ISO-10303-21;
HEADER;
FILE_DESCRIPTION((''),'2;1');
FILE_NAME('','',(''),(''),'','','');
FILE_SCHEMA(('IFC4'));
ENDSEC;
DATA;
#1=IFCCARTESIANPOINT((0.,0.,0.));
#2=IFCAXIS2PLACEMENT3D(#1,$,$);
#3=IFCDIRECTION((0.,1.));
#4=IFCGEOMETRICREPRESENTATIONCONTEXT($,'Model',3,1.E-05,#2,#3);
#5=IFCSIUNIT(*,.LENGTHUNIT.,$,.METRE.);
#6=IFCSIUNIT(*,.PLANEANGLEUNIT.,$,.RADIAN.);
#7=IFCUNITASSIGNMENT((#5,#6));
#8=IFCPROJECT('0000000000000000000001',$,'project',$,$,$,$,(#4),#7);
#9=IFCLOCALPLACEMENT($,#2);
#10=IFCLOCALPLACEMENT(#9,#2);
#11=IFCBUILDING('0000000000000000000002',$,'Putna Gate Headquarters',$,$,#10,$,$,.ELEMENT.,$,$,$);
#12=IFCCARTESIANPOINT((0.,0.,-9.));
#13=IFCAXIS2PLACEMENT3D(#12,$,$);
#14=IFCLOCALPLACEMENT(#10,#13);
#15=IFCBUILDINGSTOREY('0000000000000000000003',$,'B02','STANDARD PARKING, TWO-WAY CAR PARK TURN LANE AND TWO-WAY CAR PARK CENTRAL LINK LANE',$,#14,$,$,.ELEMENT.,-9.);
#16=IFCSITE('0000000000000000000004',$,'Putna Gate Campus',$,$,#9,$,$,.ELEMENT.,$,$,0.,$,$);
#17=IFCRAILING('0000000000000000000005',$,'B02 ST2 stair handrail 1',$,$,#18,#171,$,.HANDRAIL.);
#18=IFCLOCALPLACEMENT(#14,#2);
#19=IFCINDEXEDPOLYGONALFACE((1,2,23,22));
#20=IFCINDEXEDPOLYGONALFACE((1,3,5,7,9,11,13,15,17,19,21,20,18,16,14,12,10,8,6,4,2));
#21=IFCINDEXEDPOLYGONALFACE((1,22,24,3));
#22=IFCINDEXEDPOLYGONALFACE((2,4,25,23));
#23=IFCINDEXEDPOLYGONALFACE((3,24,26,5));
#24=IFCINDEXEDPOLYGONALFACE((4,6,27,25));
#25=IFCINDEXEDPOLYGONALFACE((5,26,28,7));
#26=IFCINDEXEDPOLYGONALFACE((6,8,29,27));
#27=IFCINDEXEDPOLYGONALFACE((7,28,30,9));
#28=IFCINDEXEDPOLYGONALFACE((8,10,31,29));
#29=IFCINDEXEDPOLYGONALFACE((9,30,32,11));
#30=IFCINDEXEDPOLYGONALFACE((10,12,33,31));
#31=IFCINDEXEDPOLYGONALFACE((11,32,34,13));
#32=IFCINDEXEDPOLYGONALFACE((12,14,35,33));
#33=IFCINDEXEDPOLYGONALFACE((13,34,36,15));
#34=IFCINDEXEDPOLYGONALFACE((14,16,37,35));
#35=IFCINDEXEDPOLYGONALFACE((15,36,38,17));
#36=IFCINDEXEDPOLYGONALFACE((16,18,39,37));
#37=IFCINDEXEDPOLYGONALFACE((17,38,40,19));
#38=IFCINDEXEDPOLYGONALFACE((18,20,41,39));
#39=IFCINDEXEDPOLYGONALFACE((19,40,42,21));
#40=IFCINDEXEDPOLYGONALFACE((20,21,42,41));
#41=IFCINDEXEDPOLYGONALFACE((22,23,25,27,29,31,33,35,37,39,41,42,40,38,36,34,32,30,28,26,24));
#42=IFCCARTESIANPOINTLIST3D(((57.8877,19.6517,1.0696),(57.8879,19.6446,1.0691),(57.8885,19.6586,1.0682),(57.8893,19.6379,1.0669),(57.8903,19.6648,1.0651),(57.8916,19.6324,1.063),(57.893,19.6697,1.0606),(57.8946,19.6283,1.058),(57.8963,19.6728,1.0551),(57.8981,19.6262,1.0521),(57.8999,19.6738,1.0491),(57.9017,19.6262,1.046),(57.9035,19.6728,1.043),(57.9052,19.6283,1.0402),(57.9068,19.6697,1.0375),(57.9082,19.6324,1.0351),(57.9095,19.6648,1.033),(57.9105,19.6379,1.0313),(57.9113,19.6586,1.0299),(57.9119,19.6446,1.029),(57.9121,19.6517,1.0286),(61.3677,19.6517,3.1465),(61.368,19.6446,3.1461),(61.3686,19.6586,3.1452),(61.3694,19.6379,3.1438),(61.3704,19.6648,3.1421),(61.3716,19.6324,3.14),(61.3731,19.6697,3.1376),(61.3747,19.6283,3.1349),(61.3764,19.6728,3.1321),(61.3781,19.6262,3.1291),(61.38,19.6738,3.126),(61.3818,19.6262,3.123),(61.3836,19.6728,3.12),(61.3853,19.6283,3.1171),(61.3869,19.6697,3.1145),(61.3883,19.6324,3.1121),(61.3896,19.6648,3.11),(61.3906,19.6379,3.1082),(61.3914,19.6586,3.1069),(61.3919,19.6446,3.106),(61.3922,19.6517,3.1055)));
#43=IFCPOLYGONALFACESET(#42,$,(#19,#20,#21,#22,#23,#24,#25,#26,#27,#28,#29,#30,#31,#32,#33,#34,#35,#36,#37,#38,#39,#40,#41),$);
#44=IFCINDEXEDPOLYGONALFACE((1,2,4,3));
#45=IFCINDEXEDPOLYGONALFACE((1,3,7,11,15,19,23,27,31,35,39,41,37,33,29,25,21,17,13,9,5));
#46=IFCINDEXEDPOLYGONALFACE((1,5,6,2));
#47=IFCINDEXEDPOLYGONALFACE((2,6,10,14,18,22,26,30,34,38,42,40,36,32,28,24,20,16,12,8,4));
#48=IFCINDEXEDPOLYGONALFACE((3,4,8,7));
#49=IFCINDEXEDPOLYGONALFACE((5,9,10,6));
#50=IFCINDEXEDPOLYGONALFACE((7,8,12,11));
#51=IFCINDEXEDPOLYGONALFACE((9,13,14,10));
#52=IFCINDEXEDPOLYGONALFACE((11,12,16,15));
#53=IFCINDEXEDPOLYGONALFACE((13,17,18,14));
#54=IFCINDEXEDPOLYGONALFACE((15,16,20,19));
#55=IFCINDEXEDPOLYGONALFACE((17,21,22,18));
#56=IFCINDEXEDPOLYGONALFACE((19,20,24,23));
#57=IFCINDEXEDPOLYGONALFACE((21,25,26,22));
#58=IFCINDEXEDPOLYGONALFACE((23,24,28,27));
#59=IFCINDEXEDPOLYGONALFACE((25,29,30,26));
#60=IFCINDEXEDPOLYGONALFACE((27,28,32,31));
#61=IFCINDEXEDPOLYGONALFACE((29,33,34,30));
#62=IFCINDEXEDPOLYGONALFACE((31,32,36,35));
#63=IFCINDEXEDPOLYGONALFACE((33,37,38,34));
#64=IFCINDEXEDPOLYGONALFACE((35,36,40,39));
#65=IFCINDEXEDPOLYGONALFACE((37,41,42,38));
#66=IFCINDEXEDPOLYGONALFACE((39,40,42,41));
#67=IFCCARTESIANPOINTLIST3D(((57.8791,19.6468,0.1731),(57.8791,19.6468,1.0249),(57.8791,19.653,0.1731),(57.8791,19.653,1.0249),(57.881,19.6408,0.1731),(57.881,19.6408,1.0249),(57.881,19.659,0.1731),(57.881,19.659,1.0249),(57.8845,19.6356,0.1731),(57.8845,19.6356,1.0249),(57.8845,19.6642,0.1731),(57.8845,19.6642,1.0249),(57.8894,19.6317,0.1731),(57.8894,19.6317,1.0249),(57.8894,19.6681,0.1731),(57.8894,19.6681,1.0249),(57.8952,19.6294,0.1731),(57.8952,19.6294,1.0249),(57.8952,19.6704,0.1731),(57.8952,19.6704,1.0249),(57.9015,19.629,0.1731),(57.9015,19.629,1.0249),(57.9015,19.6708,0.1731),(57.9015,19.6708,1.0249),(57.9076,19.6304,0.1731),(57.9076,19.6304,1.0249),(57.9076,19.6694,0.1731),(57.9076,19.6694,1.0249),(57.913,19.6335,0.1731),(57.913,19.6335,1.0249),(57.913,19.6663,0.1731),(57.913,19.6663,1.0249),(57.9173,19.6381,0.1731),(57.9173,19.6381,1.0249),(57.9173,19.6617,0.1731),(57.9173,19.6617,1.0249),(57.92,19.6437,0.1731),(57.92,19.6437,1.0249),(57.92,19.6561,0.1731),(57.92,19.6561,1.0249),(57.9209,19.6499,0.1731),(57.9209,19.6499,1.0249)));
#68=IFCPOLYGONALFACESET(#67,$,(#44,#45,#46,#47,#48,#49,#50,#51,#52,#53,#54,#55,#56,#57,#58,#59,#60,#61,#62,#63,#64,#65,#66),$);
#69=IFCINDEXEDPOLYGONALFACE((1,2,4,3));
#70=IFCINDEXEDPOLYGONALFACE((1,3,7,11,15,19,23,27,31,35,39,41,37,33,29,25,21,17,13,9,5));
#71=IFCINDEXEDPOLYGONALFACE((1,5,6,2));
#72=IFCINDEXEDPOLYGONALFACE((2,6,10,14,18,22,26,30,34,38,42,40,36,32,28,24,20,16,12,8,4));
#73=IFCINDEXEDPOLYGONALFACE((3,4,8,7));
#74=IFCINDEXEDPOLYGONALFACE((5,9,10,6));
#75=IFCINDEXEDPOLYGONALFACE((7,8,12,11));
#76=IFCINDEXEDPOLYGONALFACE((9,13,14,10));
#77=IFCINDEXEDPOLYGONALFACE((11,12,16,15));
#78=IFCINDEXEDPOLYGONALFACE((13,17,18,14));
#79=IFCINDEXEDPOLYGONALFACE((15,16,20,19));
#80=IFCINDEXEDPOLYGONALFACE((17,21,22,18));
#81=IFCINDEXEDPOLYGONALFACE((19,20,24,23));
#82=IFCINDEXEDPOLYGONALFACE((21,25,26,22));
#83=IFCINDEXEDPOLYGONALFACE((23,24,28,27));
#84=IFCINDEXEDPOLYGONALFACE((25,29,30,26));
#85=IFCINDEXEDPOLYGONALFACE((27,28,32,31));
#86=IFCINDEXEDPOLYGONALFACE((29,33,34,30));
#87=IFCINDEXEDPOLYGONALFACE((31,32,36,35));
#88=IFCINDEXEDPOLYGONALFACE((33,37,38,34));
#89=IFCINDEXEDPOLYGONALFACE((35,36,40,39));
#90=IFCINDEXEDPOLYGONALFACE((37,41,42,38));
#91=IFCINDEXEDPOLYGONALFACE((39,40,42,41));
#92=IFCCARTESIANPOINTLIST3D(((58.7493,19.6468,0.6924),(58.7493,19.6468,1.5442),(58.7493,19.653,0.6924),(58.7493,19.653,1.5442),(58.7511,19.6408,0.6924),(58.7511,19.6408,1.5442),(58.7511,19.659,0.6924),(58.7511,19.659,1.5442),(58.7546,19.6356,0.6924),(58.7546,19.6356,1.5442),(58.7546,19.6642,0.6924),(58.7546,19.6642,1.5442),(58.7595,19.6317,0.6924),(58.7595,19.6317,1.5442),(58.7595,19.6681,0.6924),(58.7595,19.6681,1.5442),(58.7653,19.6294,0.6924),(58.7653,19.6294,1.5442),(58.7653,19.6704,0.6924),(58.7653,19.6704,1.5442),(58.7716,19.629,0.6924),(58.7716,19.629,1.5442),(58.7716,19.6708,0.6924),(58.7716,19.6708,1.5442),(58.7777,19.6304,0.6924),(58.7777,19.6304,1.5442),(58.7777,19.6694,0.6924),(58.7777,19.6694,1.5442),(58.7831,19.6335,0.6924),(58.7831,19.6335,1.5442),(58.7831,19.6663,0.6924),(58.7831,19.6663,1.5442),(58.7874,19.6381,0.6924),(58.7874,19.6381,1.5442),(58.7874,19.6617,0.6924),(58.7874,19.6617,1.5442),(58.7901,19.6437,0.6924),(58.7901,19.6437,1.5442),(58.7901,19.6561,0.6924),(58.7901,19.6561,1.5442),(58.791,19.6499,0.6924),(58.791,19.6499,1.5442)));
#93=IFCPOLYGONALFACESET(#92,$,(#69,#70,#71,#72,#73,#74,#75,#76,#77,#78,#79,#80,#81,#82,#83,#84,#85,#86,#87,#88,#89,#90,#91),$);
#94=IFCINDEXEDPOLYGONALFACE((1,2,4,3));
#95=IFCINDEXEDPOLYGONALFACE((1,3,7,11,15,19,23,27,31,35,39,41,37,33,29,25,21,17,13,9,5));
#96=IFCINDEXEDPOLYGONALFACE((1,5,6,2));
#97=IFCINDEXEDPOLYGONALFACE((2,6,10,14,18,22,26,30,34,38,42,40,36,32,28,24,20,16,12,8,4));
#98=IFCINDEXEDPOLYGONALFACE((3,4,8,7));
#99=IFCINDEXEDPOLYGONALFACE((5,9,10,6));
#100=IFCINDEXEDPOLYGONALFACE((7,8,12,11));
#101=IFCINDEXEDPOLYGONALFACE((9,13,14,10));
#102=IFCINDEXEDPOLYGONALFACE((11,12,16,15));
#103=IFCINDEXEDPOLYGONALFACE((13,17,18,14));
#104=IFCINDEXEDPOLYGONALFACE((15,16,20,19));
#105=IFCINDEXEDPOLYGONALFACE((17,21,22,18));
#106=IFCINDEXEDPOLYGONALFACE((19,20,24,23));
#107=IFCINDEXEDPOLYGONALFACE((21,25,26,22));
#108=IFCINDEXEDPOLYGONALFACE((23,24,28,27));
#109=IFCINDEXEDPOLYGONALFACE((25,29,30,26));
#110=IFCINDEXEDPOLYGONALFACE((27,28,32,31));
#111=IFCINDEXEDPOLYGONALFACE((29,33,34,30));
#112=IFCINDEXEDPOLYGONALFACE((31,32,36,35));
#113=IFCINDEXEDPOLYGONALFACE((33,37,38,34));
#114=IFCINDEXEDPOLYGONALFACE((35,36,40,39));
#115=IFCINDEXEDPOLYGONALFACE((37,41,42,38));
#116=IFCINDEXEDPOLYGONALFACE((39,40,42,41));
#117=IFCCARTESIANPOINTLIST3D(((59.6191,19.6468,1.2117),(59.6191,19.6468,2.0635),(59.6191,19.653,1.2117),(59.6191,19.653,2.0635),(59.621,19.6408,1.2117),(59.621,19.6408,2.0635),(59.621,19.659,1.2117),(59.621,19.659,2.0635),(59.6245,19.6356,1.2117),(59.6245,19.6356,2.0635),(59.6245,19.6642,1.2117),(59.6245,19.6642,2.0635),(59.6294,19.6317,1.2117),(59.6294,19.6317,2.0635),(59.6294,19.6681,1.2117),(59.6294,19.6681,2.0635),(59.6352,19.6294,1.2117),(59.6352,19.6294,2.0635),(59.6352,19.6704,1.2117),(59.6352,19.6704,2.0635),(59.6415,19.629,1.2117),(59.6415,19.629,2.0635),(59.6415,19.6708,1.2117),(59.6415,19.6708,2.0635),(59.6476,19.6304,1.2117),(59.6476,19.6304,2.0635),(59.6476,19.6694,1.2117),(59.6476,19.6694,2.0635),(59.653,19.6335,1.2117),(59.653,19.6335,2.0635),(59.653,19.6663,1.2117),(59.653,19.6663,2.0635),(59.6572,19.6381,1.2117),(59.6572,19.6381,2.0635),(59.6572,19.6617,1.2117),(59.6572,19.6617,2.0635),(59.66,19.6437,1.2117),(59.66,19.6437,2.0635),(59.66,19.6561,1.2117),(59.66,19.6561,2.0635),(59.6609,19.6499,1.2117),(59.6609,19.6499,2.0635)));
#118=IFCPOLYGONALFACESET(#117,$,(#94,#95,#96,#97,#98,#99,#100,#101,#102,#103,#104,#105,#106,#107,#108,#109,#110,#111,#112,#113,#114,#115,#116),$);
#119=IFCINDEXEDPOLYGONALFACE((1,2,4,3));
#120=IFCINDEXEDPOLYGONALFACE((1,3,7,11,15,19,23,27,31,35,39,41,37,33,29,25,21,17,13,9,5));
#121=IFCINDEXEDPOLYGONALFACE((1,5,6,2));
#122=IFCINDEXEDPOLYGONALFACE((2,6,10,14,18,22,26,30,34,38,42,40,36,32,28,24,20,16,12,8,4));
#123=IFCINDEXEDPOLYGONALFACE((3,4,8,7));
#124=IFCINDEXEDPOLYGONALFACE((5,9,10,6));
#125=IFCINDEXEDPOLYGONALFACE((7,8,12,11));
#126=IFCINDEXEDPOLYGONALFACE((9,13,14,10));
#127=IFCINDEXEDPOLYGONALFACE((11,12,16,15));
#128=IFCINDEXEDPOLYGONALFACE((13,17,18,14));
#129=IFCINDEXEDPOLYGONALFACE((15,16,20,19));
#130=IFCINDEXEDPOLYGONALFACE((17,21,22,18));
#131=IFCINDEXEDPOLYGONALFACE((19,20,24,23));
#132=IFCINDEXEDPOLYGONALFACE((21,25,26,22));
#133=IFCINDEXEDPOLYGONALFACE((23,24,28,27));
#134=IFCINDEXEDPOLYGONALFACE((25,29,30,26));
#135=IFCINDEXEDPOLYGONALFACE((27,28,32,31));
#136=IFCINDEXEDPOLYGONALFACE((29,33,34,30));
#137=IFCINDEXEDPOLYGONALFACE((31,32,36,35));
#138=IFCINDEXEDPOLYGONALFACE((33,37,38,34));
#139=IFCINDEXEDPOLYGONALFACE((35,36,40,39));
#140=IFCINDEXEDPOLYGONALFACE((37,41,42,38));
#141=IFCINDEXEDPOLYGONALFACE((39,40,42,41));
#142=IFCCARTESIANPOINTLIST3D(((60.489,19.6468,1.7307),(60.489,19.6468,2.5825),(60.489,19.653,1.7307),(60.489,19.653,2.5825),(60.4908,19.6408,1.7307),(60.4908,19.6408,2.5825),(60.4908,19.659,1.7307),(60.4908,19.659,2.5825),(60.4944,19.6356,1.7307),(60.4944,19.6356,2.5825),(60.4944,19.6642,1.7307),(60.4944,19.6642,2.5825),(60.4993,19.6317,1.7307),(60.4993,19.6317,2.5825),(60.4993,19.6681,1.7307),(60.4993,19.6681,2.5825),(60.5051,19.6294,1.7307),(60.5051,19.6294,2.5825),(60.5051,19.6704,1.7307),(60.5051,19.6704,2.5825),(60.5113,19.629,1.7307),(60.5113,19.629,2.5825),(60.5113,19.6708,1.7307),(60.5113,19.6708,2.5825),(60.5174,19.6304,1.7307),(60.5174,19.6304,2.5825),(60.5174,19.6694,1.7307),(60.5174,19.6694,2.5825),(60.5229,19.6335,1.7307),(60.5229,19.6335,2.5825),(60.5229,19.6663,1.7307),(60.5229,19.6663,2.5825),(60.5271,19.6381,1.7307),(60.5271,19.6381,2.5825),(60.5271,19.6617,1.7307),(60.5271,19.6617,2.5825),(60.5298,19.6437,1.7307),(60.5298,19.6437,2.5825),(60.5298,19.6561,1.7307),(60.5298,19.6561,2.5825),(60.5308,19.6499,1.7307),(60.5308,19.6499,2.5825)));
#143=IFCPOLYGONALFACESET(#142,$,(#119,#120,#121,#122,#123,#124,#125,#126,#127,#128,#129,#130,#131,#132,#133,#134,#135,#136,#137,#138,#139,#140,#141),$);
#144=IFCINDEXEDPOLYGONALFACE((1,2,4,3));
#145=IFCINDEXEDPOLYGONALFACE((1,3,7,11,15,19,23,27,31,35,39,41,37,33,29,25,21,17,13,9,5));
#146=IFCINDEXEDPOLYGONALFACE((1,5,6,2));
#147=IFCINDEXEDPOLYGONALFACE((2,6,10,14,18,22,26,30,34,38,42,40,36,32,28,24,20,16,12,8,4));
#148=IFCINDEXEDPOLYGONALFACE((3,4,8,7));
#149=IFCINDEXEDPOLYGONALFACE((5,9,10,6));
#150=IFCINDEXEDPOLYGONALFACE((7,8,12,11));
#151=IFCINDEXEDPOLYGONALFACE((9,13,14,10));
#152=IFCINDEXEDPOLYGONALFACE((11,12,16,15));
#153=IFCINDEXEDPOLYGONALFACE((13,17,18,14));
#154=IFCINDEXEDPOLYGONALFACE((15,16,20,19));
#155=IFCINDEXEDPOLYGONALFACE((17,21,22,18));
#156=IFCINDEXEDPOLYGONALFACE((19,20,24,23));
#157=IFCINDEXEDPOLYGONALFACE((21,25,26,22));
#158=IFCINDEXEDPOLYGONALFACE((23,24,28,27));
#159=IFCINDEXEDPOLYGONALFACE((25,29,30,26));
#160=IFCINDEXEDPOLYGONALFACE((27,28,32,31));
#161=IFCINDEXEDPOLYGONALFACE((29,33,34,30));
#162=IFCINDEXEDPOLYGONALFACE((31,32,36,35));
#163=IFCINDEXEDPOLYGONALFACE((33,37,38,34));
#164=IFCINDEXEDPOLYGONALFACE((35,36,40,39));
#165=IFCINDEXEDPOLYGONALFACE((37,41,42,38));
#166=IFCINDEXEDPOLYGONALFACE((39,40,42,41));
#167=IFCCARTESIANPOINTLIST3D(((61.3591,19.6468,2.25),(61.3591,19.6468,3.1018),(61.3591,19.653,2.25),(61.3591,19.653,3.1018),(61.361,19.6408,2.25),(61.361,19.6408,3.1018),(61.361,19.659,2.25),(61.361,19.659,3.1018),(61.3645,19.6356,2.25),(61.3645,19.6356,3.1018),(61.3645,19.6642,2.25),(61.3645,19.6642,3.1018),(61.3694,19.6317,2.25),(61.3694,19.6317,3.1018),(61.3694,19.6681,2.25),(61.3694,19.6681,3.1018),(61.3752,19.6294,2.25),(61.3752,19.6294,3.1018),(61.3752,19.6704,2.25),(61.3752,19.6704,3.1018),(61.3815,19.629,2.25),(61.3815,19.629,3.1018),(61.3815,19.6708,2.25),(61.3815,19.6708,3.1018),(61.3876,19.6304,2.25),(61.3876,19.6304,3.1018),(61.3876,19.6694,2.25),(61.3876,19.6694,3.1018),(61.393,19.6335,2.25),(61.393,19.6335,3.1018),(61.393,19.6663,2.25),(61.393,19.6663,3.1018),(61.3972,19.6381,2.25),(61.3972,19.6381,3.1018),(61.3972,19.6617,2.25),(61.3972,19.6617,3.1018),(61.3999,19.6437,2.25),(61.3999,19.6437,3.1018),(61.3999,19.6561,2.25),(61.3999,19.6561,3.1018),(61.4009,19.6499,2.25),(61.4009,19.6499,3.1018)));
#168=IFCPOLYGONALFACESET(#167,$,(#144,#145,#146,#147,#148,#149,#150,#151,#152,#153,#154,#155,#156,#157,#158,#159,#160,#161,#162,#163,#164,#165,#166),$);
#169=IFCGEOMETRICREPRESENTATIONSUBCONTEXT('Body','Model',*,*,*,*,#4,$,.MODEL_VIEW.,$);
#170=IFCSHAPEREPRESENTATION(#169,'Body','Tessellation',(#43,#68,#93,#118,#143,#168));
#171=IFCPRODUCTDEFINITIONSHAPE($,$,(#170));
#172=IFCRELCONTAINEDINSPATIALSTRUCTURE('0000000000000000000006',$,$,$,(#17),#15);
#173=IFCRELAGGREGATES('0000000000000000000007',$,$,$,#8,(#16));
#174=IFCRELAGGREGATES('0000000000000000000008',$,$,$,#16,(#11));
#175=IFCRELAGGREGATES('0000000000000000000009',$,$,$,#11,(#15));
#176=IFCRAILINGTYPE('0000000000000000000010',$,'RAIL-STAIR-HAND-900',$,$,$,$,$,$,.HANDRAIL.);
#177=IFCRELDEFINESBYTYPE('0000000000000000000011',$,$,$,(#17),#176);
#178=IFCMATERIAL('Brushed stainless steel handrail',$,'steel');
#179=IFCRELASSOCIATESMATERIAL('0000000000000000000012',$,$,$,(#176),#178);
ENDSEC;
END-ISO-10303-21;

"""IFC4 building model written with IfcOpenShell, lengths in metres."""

from ifc_helpers import new_model, si_unit, direction, frame, origin, origin_2d, place, context, subcontext, project, spatial, circle, extrude, material, type_object, element, save


model = new_model("IFC4")

# Units and contexts
model_context = context("Model", 3, precision=1e-05, world=origin(), true_north=direction((0.0, 1.0)))
body_context = subcontext(model_context, "Body", "Model", "MODEL_VIEW")
ifc_project = project(units=[si_unit("LENGTHUNIT", "METRE"), si_unit("PLANEANGLEUNIT", "RADIAN")], contexts=[model_context])

# Site, building, storey
site_placement = place(None, origin())
site = spatial("IfcSite", under=ifc_project, at=site_placement, Name="Putna Gate Campus", CompositionType="ELEMENT", RefElevation=0.0)
building_placement = place(site_placement, origin())
building = spatial("IfcBuilding", under=site, at=building_placement, Name="Putna Gate Headquarters", CompositionType="ELEMENT")
storey_placement = place(building_placement, frame((0.0, 0.0, -9.0)))
storey = spatial("IfcBuildingStorey", under=building, at=storey_placement, Name="B02", Description="STANDARD PARKING, TWO-WAY CAR PARK TURN LANE AND TWO-WAY CAR PARK CENTRAL LINK LANE", CompositionType="ELEMENT", Elevation=-9.0)

# Railing
ifc_material_1 = material(Name="Brushed stainless steel handrail", Category="steel")
railing_type_1 = type_object("IfcRailingType", Name="RAIL-STAIR-HAND-900", PredefinedType="HANDRAIL", material=ifc_material_1)
railing_1_placement = place(storey_placement, frame((57.8999, 19.6499, 0.1731)))
element("IfcRailing", 1, at=railing_1_placement, inside=storey, type_object=railing_type_1, Name="B02 ST2 stair handrail 1", PredefinedType="HANDRAIL", context=body_context, shape_type="SweptSolid", body=[
    extrude(circle(Radius=0.0239, at=origin_2d()), frame((0.0, 0.0, 0.876), z_axis=(0.858697, 0.0, 0.512483), x_axis=(0.0, 1.0, 0.0)), (0.0, 0.0, 1.0), 4.0527),
    extrude(circle(Radius=0.021, at=origin_2d()), origin(), (0.0, 0.0, 1.0), 0.8518),
    extrude(circle(Radius=0.021, at=origin_2d()), frame((0.8701, 0.0, 0.5193)), (0.0, 0.0, 1.0), 0.8518),
    extrude(circle(Radius=0.021, at=origin_2d()), frame((1.74, 0.0, 1.0386)), (0.0, 0.0, 1.0), 0.8518),
    extrude(circle(Radius=0.021, at=origin_2d()), frame((2.6099, 0.0, 1.5576)), (0.0, 0.0, 1.0), 0.8518),
    extrude(circle(Radius=0.021, at=origin_2d()), frame((3.48, 0.0, 2.0769)), (0.0, 0.0, 1.0), 0.8518),
])

save(model, "model.ifc")
